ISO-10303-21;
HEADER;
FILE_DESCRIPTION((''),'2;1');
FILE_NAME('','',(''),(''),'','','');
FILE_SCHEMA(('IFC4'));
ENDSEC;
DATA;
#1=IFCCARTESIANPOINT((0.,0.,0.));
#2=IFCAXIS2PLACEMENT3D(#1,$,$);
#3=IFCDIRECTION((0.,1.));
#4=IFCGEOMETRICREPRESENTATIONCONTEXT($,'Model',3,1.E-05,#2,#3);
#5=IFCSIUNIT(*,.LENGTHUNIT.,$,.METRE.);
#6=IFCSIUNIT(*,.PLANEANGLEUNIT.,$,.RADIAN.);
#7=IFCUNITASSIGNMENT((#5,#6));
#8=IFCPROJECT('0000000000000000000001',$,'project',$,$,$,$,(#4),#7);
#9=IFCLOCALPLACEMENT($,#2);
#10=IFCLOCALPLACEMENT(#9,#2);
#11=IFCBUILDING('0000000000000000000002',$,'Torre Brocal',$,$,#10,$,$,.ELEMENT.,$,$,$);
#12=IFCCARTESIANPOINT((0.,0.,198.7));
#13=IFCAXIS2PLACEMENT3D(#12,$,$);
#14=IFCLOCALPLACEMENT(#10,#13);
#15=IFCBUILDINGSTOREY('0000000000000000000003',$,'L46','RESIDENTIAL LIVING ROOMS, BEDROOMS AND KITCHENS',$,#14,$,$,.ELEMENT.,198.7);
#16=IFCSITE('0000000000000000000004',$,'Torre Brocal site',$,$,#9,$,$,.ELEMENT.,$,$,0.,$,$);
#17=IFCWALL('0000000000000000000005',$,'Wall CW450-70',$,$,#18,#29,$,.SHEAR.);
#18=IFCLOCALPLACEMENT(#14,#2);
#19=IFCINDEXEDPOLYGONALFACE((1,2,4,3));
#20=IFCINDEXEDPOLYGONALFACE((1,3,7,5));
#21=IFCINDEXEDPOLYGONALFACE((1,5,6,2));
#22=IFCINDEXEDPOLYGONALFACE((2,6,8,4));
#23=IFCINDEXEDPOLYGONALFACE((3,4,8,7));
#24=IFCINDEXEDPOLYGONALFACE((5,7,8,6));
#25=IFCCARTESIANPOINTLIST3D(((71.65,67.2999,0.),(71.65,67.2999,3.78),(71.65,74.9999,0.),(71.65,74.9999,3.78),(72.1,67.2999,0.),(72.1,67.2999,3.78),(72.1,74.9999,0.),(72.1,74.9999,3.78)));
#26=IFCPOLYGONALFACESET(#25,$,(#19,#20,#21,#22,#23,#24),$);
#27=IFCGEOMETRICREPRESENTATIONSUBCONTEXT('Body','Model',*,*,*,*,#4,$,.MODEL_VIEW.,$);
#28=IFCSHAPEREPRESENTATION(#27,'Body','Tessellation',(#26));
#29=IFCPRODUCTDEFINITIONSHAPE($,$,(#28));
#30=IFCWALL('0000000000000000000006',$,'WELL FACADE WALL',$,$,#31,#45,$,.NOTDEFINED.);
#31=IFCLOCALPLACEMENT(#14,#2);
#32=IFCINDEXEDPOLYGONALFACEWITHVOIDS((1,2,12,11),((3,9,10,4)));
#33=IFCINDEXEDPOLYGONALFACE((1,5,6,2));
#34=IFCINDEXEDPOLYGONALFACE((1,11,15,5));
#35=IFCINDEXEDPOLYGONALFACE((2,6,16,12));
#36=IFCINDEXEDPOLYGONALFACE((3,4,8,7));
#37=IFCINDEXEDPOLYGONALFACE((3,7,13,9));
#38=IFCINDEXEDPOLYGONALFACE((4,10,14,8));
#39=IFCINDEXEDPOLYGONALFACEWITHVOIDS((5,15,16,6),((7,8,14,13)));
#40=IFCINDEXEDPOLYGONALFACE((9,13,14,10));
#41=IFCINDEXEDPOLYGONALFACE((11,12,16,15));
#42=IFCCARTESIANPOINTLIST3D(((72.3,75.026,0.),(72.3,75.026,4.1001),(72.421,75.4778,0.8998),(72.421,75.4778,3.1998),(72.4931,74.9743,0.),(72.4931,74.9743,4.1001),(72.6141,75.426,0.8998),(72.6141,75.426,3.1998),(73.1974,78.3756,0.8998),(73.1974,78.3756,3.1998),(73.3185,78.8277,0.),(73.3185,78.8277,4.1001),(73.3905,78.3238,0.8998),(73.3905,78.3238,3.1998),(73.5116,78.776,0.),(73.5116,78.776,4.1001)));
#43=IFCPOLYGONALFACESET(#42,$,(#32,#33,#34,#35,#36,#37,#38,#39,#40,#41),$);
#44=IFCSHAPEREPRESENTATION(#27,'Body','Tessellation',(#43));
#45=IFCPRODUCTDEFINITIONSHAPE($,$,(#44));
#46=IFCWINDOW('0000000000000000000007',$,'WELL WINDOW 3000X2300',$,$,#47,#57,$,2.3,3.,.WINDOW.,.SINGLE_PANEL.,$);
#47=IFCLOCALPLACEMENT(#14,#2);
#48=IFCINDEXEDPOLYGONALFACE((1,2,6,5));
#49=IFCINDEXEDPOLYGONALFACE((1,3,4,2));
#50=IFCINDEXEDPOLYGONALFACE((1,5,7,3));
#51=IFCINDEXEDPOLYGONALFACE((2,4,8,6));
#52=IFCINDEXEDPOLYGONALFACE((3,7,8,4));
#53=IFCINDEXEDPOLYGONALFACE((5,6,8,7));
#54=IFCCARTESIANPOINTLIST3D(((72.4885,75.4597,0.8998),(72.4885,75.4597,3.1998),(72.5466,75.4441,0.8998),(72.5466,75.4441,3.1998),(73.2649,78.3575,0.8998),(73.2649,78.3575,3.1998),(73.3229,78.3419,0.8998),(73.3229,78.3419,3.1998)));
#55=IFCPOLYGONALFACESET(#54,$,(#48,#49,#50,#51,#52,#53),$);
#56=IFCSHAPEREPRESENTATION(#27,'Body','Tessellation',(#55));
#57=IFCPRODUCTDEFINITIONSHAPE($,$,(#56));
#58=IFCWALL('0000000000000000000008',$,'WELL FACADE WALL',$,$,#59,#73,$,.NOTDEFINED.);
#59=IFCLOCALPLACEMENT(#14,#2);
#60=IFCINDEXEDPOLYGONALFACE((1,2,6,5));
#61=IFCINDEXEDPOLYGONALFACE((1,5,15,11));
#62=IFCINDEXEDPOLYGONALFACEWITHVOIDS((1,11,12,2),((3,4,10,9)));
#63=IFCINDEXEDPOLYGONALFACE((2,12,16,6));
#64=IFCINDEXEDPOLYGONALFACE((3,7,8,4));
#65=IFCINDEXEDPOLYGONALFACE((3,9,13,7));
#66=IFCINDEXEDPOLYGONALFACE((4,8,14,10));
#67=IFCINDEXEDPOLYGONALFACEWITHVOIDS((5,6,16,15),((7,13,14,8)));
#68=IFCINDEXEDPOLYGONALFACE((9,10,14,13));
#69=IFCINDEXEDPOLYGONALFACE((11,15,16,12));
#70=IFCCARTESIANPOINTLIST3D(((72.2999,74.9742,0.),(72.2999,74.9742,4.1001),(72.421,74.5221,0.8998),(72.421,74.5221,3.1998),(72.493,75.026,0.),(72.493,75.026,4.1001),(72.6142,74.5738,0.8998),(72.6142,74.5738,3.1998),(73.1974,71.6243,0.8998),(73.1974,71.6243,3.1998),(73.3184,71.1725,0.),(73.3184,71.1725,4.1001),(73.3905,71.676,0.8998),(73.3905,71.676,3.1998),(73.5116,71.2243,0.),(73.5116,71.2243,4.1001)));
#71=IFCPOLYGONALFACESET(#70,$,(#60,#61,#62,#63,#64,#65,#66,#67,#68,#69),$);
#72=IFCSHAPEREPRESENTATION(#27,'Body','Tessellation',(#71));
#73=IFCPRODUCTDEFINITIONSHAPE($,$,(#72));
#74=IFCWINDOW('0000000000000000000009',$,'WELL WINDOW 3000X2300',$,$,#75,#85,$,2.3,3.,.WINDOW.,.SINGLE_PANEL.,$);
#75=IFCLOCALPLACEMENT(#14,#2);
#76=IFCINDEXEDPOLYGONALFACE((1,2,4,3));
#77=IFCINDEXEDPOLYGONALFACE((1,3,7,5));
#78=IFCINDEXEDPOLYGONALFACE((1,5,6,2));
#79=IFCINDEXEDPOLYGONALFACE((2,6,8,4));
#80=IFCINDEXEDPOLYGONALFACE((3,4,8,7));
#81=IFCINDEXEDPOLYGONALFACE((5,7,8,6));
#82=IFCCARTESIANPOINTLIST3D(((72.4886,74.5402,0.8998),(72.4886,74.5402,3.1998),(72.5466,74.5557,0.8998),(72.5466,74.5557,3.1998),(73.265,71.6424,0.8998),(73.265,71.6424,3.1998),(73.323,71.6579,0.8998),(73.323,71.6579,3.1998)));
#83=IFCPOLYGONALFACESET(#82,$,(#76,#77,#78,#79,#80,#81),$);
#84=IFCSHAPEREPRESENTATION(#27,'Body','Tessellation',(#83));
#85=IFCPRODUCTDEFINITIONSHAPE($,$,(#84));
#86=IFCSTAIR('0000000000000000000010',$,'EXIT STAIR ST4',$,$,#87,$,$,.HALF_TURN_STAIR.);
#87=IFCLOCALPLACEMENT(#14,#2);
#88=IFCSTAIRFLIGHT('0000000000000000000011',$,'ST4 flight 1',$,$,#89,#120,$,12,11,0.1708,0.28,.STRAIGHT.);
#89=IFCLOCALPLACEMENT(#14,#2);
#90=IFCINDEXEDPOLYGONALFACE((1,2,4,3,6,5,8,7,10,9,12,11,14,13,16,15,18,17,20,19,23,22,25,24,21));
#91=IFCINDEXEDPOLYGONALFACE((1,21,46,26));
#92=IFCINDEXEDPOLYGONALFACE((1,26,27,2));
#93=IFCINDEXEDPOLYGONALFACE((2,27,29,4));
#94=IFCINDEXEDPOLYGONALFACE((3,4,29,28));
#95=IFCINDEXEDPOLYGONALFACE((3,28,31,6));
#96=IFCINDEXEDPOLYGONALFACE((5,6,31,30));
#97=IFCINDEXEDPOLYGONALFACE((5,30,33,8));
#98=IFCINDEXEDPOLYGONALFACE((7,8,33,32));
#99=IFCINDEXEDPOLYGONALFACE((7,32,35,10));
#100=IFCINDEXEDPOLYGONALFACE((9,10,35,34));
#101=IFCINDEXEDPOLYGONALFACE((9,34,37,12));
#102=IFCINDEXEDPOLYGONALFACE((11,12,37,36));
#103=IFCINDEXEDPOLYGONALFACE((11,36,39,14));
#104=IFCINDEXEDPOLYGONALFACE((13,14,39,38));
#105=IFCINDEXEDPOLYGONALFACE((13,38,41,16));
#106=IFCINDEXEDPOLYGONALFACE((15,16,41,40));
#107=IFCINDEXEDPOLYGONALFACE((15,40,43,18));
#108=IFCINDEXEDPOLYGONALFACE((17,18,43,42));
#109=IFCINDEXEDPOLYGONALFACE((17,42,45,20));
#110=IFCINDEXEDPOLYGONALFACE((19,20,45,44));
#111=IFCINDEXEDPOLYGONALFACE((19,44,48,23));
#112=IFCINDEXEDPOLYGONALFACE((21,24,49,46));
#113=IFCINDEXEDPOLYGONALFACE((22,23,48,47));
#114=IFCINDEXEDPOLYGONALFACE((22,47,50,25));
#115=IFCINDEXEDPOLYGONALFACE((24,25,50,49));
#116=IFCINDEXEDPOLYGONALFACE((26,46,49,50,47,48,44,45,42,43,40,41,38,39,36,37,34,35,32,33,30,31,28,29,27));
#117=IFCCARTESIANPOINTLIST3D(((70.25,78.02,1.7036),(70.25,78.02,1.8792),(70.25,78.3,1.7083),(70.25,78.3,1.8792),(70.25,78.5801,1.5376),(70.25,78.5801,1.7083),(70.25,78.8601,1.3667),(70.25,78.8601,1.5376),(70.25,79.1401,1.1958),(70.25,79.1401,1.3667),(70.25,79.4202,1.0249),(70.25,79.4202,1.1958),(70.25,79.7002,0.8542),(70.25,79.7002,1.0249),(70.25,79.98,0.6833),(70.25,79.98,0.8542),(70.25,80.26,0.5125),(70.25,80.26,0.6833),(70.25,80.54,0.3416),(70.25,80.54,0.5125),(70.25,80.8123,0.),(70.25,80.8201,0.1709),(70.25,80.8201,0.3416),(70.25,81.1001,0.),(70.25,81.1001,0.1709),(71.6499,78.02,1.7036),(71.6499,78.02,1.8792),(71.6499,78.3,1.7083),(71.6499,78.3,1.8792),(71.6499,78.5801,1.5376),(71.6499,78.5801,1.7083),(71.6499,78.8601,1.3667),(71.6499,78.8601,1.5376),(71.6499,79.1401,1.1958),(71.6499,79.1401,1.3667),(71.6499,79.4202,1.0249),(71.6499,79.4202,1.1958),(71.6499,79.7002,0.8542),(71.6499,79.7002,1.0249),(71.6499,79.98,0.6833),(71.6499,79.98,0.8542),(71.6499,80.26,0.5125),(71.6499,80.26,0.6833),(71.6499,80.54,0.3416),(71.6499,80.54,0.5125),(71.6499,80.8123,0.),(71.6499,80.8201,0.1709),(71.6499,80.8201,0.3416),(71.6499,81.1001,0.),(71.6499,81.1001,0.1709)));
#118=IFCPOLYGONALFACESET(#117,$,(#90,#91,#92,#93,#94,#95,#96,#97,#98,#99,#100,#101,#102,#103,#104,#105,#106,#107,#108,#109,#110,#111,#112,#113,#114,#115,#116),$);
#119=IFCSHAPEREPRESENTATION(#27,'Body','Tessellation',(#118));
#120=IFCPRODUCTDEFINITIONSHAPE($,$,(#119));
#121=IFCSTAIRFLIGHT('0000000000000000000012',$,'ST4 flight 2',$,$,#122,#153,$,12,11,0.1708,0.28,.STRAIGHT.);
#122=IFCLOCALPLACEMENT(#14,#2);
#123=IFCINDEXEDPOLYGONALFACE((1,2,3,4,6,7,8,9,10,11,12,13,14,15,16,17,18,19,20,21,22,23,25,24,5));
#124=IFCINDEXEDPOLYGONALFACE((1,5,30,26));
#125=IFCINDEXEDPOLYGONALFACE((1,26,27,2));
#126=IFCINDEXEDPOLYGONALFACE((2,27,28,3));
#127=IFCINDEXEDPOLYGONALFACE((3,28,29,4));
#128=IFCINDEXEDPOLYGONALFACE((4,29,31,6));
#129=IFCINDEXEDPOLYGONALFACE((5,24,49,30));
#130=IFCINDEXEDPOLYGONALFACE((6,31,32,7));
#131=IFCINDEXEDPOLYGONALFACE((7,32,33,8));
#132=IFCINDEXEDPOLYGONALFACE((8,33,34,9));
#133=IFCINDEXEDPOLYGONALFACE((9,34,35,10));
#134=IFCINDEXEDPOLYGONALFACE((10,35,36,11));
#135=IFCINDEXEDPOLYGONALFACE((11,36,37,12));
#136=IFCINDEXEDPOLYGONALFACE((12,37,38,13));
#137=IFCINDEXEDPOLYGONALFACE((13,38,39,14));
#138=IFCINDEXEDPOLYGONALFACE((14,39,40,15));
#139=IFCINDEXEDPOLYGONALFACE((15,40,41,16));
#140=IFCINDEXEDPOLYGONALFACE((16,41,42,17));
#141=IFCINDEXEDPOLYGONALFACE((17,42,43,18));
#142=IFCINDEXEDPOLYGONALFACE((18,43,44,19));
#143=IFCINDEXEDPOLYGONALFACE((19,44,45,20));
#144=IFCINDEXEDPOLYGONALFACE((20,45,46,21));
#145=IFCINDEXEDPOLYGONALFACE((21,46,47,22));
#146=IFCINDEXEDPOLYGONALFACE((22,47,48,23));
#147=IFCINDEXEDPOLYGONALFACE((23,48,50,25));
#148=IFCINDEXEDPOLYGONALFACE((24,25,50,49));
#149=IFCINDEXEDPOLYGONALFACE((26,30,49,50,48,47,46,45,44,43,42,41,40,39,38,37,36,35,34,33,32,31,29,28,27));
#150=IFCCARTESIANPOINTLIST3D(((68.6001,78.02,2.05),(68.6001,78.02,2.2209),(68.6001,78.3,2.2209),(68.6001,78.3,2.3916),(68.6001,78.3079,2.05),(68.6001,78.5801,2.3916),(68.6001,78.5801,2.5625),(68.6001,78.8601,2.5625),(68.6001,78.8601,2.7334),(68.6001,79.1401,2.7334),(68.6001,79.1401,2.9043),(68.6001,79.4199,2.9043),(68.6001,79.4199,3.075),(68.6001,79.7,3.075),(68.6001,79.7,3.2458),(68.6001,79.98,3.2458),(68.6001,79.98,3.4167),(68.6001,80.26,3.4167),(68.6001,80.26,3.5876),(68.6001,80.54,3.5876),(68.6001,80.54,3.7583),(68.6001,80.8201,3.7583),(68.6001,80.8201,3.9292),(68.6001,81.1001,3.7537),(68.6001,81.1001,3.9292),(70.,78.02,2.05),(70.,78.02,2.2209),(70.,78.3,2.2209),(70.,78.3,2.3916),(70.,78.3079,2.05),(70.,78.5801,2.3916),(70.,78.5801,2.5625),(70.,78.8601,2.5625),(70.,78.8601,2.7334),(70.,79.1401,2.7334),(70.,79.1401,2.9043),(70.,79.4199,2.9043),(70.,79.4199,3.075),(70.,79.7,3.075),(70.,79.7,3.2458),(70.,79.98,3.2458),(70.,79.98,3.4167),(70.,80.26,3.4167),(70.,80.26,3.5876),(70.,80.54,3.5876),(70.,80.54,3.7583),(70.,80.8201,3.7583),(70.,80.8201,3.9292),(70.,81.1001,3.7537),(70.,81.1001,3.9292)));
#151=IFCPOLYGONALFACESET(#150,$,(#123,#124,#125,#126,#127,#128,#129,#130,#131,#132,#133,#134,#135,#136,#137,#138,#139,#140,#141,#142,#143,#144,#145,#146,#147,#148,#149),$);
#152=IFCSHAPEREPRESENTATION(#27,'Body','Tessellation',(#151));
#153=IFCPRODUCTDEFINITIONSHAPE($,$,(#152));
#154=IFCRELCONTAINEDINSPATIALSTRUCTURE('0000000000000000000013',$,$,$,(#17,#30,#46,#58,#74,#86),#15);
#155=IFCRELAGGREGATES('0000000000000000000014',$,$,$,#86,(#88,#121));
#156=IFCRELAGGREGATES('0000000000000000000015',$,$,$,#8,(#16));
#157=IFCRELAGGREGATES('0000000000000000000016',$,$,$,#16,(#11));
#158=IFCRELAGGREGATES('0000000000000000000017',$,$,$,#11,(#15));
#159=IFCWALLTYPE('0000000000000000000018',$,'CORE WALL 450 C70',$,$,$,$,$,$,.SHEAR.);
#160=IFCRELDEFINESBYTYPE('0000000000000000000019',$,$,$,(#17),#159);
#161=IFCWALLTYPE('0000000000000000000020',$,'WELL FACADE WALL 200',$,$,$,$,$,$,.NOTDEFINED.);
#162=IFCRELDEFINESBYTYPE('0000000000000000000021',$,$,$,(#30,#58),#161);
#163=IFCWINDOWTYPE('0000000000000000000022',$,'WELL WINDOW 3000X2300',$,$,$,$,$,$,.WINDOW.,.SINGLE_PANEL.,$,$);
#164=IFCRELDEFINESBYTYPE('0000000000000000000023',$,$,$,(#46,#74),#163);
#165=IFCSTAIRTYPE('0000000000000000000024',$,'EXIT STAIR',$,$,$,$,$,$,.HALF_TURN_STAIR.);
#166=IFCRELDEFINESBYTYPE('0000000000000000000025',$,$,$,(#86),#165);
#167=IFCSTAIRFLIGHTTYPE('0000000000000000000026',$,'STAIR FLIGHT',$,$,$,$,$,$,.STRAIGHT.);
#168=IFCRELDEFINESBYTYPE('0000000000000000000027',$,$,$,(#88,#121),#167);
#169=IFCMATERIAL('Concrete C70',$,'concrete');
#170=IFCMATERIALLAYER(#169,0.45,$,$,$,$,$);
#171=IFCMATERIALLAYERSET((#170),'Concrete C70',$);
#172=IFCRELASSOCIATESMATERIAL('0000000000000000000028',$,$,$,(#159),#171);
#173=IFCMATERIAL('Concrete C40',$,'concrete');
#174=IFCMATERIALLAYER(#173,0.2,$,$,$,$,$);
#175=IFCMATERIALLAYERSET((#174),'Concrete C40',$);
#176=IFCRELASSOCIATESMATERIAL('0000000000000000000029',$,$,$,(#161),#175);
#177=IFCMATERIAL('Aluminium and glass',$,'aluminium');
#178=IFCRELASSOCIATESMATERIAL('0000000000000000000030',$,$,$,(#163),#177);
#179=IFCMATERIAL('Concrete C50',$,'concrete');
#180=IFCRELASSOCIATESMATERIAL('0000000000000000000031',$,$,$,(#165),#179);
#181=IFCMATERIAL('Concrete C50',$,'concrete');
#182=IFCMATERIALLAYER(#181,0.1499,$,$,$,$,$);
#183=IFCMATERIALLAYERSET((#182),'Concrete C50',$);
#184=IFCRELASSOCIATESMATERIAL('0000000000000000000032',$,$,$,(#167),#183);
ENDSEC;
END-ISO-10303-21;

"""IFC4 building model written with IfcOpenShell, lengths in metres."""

from ifc_helpers import new_model, si_unit, direction, frame, frame_2d, origin, place, context, subcontext, project, spatial, polyline, rectangle, outline, extrude, material, layer, layer_set, type_object, element, fill, aggregate, save


model = new_model("IFC4")

# Units and contexts
model_context = context("Model", 3, precision=1e-05, world=origin(), true_north=direction((0.0, 1.0)))
body_context = subcontext(model_context, "Body", "Model", "MODEL_VIEW")
ifc_project = project(units=[si_unit("LENGTHUNIT", "METRE"), si_unit("PLANEANGLEUNIT", "RADIAN")], contexts=[model_context])

# Site, building, storey
site_placement = place(None, origin())
site = spatial("IfcSite", under=ifc_project, at=site_placement, Name="Torre Brocal site", CompositionType="ELEMENT", RefElevation=0.0)
building_placement = place(site_placement, origin())
building = spatial("IfcBuilding", under=site, at=building_placement, Name="Torre Brocal", CompositionType="ELEMENT")
storey_placement = place(building_placement, frame((0.0, 0.0, 198.7)))
storey = spatial("IfcBuildingStorey", under=building, at=storey_placement, Name="L46", Description="RESIDENTIAL LIVING ROOMS, BEDROOMS AND KITCHENS", CompositionType="ELEMENT", Elevation=198.7)

# Wall
ifc_material_1 = material(Name="Concrete C70", Category="concrete")
ifc_layer_1 = layer(ifc_material_1, 0.45)
ifc_layer_set_1 = layer_set([ifc_layer_1], Name="Concrete C70")
wall_type_1 = type_object("IfcWallType", Name="CORE WALL 450 C70", PredefinedType="SHEAR", material=ifc_layer_set_1)
wall_1_placement = place(storey_placement, frame((71.875, 75.0, 0.0), z_axis=(0.0, 0.0, 1.0), x_axis=(0.0, -1.0, 0.0)))
element("IfcWall", 1, at=wall_1_placement, inside=storey, type_object=wall_type_1, Name="Wall CW450-70", PredefinedType="SHEAR", context=body_context, shape_type="SweptSolid", body=[
    extrude(rectangle(XDim=7.7, YDim=0.45, at=frame_2d((3.8501, 0.0))), origin(), (0.0, 0.0, 1.0), 3.78),
])

# Walls, openings, windows
ifc_material_2 = material(Name="Concrete C40", Category="concrete")
ifc_layer_2 = layer(ifc_material_2, 0.2)
ifc_layer_set_2 = layer_set([ifc_layer_2], Name="Concrete C40")
wall_type_2 = type_object("IfcWallType", Name="WELL FACADE WALL 200", PredefinedType="NOTDEFINED", material=ifc_layer_set_2)
wall_2_placement = place(storey_placement, frame((73.415, 78.8018, 0.0), z_axis=(0.0, 0.0, 1.0), x_axis=(-0.25879, -0.965934, 0.0)))
wall_2 = element("IfcWall", 2, at=wall_2_placement, inside=storey, type_object=wall_type_2, Name="WELL FACADE WALL", PredefinedType="NOTDEFINED", context=body_context, shape_type="SweptSolid", body=[
    extrude(rectangle(XDim=3.9358, YDim=0.2, at=frame_2d((1.9678, 0.0))), origin(), (0.0, 0.0, 1.0), 4.1001),
])
opening_1_placement = place(wall_2_placement, frame((0.468, 0.0, 0.8999)))
opening_1 = element("IfcOpeningElement", 3, at=opening_1_placement, cuts=wall_2, PredefinedType="OPENING", context=body_context, shape_type="SweptSolid", body=[
    extrude(rectangle(XDim=3.0, YDim=2.3, at=frame_2d((1.5, 1.1499))), frame((0.0, 0.1099, 0.0), z_axis=(0.0, -1.0, 0.0), x_axis=(1.0, 0.0, 0.0)), (0.0, 0.0, 1.0), 0.22),
])
ifc_material_3 = material(Name="Aluminium and glass", Category="aluminium")
window_type = type_object("IfcWindowType", Name="WELL WINDOW 3000X2300", PartitioningType="SINGLE_PANEL", PredefinedType="WINDOW", material=ifc_material_3)
window_1_placement = place(opening_1_placement, origin())
window_1 = element("IfcWindow", 4, at=window_1_placement, inside=storey, type_object=window_type, Name="WELL WINDOW 3000X2300", OverallHeight=2.3, OverallWidth=3.0, PartitioningType="SINGLE_PANEL", PredefinedType="WINDOW", context=body_context, shape_type="SweptSolid", body=[
    extrude(rectangle(XDim=3.0, YDim=2.3, at=frame_2d((1.5, 1.1499))), frame((0.0, 0.03, 0.0), z_axis=(0.0, -1.0, 0.0), x_axis=(1.0, 0.0, 0.0)), (0.0, 0.0, 1.0), 0.0601),
])
fill(opening_1, window_1)
wall_3_placement = place(storey_placement, frame((72.3965, 75.0, 0.0), z_axis=(0.0, 0.0, 1.0), x_axis=(0.25879, -0.965934, 0.0)))
wall_3 = element("IfcWall", 5, at=wall_3_placement, inside=storey, type_object=wall_type_2, Name="WELL FACADE WALL", PredefinedType="NOTDEFINED", context=body_context, shape_type="SweptSolid", body=[
    extrude(rectangle(XDim=3.9358, YDim=0.2, at=frame_2d((1.9678, 0.0))), origin(), (0.0, 0.0, 1.0), 4.1001),
])
opening_2_placement = place(wall_3_placement, frame((0.468, 0.0, 0.8999)))
opening_2 = element("IfcOpeningElement", 6, at=opening_2_placement, cuts=wall_3, PredefinedType="OPENING", context=body_context, shape_type="SweptSolid", body=[
    extrude(rectangle(XDim=3.0, YDim=2.3, at=frame_2d((1.5, 1.1499))), frame((0.0, 0.1099, 0.0), z_axis=(0.0, -1.0, 0.0), x_axis=(1.0, 0.0, 0.0)), (0.0, 0.0, 1.0), 0.22),
])
window_2_placement = place(opening_2_placement, origin())
window_2 = element("IfcWindow", 7, at=window_2_placement, inside=storey, type_object=window_type, Name="WELL WINDOW 3000X2300", OverallHeight=2.3, OverallWidth=3.0, PartitioningType="SINGLE_PANEL", PredefinedType="WINDOW", context=body_context, shape_type="SweptSolid", body=[
    extrude(rectangle(XDim=3.0, YDim=2.3, at=frame_2d((1.5, 1.1499))), frame((0.0, 0.03, 0.0), z_axis=(0.0, -1.0, 0.0), x_axis=(1.0, 0.0, 0.0)), (0.0, 0.0, 1.0), 0.0601),
])
fill(opening_2, window_2)

# Stair, stair flights
ifc_material_4 = material(Name="Concrete C50", Category="concrete")
stair_type = type_object("IfcStairType", Name="EXIT STAIR", PredefinedType="HALF_TURN_STAIR", material=ifc_material_4)
stair_placement = place(storey_placement, origin())
stair = element("IfcStair", 8, at=stair_placement, inside=storey, type_object=stair_type, Name="EXIT STAIR ST4", PredefinedType="HALF_TURN_STAIR")
ifc_material_5 = material(Name="Concrete C50", Category="concrete")
ifc_layer_3 = layer(ifc_material_5, 0.1499)
ifc_layer_set_3 = layer_set([ifc_layer_3], Name="Concrete C50")
stair_flight_type = type_object("IfcStairFlightType", Name="STAIR FLIGHT", PredefinedType="STRAIGHT", material=ifc_layer_set_3)
stair_flight_1_placement = place(storey_placement, frame((70.95, 81.1001, 0.0), z_axis=(0.0, 0.0, 1.0), x_axis=(0.0, -1.0, 0.0)))
stair_flight_1 = element("IfcStairFlight", 9, at=stair_flight_1_placement, type_object=stair_flight_type, Name="ST4 flight 1", NumberOfRisers=12, NumberOfTreads=11, PredefinedType="STRAIGHT", RiserHeight=0.1708, TreadLength=0.28, context=body_context, shape_type="SweptSolid", body=[
    extrude(outline(polyline([(0.0, 0.0), (0.0, 0.1709), (0.28, 0.1709), (0.28, 0.3416), (0.5601, 0.3416), (0.5601, 0.5125), (0.8401, 0.5125), (0.8401, 0.6833), (1.1201, 0.6833), (1.1201, 0.8542), (1.3999, 0.8542), (1.3999, 1.0249), (1.6799, 1.0249), (1.6799, 1.1958), (1.96, 1.1958), (1.96, 1.3667), (2.24, 1.3667), (2.24, 1.5376), (2.52, 1.5376), (2.52, 1.7083), (2.8, 1.7083), (2.8, 1.8792), (3.0801, 1.8792), (3.0801, 2.05), (3.0801, 1.7036), (0.2878, 0.0), (0.0, 0.0)])), frame((0.0, 0.7, 0.0), z_axis=(0.0, -1.0, 0.0), x_axis=(1.0, 0.0, 0.0)), (0.0, 0.0, 1.0), 1.3999),
])
stair_flight_2_placement = place(storey_placement, frame((69.3, 78.02, 2.05), z_axis=(0.0, 0.0, 1.0), x_axis=(0.0, 1.0, 0.0)))
stair_flight_2 = element("IfcStairFlight", 10, at=stair_flight_2_placement, type_object=stair_flight_type, Name="ST4 flight 2", NumberOfRisers=12, NumberOfTreads=11, PredefinedType="STRAIGHT", RiserHeight=0.1708, TreadLength=0.28, context=body_context, shape_type="SweptSolid", body=[
    extrude(outline(polyline([(0.0, 0.0), (0.0, 0.1709), (0.28, 0.1709), (0.28, 0.3416), (0.5601, 0.3416), (0.5601, 0.5125), (0.8401, 0.5125), (0.8401, 0.6833), (1.1201, 0.6833), (1.1201, 0.8542), (1.3999, 0.8542), (1.3999, 1.0249), (1.6799, 1.0249), (1.6799, 1.1958), (1.96, 1.1958), (1.96, 1.3667), (2.24, 1.3667), (2.24, 1.5376), (2.52, 1.5376), (2.52, 1.7083), (2.8, 1.7083), (2.8, 1.8792), (3.0801, 1.8792), (3.0801, 2.05), (3.0801, 1.7036), (0.2878, 0.0), (0.0, 0.0)])), frame((0.0, 0.7, 0.0), z_axis=(0.0, -1.0, 0.0), x_axis=(1.0, 0.0, 0.0)), (0.0, 0.0, 1.0), 1.3999),
])
aggregate(stair, [stair_flight_1, stair_flight_2])

save(model, "model.ifc")
